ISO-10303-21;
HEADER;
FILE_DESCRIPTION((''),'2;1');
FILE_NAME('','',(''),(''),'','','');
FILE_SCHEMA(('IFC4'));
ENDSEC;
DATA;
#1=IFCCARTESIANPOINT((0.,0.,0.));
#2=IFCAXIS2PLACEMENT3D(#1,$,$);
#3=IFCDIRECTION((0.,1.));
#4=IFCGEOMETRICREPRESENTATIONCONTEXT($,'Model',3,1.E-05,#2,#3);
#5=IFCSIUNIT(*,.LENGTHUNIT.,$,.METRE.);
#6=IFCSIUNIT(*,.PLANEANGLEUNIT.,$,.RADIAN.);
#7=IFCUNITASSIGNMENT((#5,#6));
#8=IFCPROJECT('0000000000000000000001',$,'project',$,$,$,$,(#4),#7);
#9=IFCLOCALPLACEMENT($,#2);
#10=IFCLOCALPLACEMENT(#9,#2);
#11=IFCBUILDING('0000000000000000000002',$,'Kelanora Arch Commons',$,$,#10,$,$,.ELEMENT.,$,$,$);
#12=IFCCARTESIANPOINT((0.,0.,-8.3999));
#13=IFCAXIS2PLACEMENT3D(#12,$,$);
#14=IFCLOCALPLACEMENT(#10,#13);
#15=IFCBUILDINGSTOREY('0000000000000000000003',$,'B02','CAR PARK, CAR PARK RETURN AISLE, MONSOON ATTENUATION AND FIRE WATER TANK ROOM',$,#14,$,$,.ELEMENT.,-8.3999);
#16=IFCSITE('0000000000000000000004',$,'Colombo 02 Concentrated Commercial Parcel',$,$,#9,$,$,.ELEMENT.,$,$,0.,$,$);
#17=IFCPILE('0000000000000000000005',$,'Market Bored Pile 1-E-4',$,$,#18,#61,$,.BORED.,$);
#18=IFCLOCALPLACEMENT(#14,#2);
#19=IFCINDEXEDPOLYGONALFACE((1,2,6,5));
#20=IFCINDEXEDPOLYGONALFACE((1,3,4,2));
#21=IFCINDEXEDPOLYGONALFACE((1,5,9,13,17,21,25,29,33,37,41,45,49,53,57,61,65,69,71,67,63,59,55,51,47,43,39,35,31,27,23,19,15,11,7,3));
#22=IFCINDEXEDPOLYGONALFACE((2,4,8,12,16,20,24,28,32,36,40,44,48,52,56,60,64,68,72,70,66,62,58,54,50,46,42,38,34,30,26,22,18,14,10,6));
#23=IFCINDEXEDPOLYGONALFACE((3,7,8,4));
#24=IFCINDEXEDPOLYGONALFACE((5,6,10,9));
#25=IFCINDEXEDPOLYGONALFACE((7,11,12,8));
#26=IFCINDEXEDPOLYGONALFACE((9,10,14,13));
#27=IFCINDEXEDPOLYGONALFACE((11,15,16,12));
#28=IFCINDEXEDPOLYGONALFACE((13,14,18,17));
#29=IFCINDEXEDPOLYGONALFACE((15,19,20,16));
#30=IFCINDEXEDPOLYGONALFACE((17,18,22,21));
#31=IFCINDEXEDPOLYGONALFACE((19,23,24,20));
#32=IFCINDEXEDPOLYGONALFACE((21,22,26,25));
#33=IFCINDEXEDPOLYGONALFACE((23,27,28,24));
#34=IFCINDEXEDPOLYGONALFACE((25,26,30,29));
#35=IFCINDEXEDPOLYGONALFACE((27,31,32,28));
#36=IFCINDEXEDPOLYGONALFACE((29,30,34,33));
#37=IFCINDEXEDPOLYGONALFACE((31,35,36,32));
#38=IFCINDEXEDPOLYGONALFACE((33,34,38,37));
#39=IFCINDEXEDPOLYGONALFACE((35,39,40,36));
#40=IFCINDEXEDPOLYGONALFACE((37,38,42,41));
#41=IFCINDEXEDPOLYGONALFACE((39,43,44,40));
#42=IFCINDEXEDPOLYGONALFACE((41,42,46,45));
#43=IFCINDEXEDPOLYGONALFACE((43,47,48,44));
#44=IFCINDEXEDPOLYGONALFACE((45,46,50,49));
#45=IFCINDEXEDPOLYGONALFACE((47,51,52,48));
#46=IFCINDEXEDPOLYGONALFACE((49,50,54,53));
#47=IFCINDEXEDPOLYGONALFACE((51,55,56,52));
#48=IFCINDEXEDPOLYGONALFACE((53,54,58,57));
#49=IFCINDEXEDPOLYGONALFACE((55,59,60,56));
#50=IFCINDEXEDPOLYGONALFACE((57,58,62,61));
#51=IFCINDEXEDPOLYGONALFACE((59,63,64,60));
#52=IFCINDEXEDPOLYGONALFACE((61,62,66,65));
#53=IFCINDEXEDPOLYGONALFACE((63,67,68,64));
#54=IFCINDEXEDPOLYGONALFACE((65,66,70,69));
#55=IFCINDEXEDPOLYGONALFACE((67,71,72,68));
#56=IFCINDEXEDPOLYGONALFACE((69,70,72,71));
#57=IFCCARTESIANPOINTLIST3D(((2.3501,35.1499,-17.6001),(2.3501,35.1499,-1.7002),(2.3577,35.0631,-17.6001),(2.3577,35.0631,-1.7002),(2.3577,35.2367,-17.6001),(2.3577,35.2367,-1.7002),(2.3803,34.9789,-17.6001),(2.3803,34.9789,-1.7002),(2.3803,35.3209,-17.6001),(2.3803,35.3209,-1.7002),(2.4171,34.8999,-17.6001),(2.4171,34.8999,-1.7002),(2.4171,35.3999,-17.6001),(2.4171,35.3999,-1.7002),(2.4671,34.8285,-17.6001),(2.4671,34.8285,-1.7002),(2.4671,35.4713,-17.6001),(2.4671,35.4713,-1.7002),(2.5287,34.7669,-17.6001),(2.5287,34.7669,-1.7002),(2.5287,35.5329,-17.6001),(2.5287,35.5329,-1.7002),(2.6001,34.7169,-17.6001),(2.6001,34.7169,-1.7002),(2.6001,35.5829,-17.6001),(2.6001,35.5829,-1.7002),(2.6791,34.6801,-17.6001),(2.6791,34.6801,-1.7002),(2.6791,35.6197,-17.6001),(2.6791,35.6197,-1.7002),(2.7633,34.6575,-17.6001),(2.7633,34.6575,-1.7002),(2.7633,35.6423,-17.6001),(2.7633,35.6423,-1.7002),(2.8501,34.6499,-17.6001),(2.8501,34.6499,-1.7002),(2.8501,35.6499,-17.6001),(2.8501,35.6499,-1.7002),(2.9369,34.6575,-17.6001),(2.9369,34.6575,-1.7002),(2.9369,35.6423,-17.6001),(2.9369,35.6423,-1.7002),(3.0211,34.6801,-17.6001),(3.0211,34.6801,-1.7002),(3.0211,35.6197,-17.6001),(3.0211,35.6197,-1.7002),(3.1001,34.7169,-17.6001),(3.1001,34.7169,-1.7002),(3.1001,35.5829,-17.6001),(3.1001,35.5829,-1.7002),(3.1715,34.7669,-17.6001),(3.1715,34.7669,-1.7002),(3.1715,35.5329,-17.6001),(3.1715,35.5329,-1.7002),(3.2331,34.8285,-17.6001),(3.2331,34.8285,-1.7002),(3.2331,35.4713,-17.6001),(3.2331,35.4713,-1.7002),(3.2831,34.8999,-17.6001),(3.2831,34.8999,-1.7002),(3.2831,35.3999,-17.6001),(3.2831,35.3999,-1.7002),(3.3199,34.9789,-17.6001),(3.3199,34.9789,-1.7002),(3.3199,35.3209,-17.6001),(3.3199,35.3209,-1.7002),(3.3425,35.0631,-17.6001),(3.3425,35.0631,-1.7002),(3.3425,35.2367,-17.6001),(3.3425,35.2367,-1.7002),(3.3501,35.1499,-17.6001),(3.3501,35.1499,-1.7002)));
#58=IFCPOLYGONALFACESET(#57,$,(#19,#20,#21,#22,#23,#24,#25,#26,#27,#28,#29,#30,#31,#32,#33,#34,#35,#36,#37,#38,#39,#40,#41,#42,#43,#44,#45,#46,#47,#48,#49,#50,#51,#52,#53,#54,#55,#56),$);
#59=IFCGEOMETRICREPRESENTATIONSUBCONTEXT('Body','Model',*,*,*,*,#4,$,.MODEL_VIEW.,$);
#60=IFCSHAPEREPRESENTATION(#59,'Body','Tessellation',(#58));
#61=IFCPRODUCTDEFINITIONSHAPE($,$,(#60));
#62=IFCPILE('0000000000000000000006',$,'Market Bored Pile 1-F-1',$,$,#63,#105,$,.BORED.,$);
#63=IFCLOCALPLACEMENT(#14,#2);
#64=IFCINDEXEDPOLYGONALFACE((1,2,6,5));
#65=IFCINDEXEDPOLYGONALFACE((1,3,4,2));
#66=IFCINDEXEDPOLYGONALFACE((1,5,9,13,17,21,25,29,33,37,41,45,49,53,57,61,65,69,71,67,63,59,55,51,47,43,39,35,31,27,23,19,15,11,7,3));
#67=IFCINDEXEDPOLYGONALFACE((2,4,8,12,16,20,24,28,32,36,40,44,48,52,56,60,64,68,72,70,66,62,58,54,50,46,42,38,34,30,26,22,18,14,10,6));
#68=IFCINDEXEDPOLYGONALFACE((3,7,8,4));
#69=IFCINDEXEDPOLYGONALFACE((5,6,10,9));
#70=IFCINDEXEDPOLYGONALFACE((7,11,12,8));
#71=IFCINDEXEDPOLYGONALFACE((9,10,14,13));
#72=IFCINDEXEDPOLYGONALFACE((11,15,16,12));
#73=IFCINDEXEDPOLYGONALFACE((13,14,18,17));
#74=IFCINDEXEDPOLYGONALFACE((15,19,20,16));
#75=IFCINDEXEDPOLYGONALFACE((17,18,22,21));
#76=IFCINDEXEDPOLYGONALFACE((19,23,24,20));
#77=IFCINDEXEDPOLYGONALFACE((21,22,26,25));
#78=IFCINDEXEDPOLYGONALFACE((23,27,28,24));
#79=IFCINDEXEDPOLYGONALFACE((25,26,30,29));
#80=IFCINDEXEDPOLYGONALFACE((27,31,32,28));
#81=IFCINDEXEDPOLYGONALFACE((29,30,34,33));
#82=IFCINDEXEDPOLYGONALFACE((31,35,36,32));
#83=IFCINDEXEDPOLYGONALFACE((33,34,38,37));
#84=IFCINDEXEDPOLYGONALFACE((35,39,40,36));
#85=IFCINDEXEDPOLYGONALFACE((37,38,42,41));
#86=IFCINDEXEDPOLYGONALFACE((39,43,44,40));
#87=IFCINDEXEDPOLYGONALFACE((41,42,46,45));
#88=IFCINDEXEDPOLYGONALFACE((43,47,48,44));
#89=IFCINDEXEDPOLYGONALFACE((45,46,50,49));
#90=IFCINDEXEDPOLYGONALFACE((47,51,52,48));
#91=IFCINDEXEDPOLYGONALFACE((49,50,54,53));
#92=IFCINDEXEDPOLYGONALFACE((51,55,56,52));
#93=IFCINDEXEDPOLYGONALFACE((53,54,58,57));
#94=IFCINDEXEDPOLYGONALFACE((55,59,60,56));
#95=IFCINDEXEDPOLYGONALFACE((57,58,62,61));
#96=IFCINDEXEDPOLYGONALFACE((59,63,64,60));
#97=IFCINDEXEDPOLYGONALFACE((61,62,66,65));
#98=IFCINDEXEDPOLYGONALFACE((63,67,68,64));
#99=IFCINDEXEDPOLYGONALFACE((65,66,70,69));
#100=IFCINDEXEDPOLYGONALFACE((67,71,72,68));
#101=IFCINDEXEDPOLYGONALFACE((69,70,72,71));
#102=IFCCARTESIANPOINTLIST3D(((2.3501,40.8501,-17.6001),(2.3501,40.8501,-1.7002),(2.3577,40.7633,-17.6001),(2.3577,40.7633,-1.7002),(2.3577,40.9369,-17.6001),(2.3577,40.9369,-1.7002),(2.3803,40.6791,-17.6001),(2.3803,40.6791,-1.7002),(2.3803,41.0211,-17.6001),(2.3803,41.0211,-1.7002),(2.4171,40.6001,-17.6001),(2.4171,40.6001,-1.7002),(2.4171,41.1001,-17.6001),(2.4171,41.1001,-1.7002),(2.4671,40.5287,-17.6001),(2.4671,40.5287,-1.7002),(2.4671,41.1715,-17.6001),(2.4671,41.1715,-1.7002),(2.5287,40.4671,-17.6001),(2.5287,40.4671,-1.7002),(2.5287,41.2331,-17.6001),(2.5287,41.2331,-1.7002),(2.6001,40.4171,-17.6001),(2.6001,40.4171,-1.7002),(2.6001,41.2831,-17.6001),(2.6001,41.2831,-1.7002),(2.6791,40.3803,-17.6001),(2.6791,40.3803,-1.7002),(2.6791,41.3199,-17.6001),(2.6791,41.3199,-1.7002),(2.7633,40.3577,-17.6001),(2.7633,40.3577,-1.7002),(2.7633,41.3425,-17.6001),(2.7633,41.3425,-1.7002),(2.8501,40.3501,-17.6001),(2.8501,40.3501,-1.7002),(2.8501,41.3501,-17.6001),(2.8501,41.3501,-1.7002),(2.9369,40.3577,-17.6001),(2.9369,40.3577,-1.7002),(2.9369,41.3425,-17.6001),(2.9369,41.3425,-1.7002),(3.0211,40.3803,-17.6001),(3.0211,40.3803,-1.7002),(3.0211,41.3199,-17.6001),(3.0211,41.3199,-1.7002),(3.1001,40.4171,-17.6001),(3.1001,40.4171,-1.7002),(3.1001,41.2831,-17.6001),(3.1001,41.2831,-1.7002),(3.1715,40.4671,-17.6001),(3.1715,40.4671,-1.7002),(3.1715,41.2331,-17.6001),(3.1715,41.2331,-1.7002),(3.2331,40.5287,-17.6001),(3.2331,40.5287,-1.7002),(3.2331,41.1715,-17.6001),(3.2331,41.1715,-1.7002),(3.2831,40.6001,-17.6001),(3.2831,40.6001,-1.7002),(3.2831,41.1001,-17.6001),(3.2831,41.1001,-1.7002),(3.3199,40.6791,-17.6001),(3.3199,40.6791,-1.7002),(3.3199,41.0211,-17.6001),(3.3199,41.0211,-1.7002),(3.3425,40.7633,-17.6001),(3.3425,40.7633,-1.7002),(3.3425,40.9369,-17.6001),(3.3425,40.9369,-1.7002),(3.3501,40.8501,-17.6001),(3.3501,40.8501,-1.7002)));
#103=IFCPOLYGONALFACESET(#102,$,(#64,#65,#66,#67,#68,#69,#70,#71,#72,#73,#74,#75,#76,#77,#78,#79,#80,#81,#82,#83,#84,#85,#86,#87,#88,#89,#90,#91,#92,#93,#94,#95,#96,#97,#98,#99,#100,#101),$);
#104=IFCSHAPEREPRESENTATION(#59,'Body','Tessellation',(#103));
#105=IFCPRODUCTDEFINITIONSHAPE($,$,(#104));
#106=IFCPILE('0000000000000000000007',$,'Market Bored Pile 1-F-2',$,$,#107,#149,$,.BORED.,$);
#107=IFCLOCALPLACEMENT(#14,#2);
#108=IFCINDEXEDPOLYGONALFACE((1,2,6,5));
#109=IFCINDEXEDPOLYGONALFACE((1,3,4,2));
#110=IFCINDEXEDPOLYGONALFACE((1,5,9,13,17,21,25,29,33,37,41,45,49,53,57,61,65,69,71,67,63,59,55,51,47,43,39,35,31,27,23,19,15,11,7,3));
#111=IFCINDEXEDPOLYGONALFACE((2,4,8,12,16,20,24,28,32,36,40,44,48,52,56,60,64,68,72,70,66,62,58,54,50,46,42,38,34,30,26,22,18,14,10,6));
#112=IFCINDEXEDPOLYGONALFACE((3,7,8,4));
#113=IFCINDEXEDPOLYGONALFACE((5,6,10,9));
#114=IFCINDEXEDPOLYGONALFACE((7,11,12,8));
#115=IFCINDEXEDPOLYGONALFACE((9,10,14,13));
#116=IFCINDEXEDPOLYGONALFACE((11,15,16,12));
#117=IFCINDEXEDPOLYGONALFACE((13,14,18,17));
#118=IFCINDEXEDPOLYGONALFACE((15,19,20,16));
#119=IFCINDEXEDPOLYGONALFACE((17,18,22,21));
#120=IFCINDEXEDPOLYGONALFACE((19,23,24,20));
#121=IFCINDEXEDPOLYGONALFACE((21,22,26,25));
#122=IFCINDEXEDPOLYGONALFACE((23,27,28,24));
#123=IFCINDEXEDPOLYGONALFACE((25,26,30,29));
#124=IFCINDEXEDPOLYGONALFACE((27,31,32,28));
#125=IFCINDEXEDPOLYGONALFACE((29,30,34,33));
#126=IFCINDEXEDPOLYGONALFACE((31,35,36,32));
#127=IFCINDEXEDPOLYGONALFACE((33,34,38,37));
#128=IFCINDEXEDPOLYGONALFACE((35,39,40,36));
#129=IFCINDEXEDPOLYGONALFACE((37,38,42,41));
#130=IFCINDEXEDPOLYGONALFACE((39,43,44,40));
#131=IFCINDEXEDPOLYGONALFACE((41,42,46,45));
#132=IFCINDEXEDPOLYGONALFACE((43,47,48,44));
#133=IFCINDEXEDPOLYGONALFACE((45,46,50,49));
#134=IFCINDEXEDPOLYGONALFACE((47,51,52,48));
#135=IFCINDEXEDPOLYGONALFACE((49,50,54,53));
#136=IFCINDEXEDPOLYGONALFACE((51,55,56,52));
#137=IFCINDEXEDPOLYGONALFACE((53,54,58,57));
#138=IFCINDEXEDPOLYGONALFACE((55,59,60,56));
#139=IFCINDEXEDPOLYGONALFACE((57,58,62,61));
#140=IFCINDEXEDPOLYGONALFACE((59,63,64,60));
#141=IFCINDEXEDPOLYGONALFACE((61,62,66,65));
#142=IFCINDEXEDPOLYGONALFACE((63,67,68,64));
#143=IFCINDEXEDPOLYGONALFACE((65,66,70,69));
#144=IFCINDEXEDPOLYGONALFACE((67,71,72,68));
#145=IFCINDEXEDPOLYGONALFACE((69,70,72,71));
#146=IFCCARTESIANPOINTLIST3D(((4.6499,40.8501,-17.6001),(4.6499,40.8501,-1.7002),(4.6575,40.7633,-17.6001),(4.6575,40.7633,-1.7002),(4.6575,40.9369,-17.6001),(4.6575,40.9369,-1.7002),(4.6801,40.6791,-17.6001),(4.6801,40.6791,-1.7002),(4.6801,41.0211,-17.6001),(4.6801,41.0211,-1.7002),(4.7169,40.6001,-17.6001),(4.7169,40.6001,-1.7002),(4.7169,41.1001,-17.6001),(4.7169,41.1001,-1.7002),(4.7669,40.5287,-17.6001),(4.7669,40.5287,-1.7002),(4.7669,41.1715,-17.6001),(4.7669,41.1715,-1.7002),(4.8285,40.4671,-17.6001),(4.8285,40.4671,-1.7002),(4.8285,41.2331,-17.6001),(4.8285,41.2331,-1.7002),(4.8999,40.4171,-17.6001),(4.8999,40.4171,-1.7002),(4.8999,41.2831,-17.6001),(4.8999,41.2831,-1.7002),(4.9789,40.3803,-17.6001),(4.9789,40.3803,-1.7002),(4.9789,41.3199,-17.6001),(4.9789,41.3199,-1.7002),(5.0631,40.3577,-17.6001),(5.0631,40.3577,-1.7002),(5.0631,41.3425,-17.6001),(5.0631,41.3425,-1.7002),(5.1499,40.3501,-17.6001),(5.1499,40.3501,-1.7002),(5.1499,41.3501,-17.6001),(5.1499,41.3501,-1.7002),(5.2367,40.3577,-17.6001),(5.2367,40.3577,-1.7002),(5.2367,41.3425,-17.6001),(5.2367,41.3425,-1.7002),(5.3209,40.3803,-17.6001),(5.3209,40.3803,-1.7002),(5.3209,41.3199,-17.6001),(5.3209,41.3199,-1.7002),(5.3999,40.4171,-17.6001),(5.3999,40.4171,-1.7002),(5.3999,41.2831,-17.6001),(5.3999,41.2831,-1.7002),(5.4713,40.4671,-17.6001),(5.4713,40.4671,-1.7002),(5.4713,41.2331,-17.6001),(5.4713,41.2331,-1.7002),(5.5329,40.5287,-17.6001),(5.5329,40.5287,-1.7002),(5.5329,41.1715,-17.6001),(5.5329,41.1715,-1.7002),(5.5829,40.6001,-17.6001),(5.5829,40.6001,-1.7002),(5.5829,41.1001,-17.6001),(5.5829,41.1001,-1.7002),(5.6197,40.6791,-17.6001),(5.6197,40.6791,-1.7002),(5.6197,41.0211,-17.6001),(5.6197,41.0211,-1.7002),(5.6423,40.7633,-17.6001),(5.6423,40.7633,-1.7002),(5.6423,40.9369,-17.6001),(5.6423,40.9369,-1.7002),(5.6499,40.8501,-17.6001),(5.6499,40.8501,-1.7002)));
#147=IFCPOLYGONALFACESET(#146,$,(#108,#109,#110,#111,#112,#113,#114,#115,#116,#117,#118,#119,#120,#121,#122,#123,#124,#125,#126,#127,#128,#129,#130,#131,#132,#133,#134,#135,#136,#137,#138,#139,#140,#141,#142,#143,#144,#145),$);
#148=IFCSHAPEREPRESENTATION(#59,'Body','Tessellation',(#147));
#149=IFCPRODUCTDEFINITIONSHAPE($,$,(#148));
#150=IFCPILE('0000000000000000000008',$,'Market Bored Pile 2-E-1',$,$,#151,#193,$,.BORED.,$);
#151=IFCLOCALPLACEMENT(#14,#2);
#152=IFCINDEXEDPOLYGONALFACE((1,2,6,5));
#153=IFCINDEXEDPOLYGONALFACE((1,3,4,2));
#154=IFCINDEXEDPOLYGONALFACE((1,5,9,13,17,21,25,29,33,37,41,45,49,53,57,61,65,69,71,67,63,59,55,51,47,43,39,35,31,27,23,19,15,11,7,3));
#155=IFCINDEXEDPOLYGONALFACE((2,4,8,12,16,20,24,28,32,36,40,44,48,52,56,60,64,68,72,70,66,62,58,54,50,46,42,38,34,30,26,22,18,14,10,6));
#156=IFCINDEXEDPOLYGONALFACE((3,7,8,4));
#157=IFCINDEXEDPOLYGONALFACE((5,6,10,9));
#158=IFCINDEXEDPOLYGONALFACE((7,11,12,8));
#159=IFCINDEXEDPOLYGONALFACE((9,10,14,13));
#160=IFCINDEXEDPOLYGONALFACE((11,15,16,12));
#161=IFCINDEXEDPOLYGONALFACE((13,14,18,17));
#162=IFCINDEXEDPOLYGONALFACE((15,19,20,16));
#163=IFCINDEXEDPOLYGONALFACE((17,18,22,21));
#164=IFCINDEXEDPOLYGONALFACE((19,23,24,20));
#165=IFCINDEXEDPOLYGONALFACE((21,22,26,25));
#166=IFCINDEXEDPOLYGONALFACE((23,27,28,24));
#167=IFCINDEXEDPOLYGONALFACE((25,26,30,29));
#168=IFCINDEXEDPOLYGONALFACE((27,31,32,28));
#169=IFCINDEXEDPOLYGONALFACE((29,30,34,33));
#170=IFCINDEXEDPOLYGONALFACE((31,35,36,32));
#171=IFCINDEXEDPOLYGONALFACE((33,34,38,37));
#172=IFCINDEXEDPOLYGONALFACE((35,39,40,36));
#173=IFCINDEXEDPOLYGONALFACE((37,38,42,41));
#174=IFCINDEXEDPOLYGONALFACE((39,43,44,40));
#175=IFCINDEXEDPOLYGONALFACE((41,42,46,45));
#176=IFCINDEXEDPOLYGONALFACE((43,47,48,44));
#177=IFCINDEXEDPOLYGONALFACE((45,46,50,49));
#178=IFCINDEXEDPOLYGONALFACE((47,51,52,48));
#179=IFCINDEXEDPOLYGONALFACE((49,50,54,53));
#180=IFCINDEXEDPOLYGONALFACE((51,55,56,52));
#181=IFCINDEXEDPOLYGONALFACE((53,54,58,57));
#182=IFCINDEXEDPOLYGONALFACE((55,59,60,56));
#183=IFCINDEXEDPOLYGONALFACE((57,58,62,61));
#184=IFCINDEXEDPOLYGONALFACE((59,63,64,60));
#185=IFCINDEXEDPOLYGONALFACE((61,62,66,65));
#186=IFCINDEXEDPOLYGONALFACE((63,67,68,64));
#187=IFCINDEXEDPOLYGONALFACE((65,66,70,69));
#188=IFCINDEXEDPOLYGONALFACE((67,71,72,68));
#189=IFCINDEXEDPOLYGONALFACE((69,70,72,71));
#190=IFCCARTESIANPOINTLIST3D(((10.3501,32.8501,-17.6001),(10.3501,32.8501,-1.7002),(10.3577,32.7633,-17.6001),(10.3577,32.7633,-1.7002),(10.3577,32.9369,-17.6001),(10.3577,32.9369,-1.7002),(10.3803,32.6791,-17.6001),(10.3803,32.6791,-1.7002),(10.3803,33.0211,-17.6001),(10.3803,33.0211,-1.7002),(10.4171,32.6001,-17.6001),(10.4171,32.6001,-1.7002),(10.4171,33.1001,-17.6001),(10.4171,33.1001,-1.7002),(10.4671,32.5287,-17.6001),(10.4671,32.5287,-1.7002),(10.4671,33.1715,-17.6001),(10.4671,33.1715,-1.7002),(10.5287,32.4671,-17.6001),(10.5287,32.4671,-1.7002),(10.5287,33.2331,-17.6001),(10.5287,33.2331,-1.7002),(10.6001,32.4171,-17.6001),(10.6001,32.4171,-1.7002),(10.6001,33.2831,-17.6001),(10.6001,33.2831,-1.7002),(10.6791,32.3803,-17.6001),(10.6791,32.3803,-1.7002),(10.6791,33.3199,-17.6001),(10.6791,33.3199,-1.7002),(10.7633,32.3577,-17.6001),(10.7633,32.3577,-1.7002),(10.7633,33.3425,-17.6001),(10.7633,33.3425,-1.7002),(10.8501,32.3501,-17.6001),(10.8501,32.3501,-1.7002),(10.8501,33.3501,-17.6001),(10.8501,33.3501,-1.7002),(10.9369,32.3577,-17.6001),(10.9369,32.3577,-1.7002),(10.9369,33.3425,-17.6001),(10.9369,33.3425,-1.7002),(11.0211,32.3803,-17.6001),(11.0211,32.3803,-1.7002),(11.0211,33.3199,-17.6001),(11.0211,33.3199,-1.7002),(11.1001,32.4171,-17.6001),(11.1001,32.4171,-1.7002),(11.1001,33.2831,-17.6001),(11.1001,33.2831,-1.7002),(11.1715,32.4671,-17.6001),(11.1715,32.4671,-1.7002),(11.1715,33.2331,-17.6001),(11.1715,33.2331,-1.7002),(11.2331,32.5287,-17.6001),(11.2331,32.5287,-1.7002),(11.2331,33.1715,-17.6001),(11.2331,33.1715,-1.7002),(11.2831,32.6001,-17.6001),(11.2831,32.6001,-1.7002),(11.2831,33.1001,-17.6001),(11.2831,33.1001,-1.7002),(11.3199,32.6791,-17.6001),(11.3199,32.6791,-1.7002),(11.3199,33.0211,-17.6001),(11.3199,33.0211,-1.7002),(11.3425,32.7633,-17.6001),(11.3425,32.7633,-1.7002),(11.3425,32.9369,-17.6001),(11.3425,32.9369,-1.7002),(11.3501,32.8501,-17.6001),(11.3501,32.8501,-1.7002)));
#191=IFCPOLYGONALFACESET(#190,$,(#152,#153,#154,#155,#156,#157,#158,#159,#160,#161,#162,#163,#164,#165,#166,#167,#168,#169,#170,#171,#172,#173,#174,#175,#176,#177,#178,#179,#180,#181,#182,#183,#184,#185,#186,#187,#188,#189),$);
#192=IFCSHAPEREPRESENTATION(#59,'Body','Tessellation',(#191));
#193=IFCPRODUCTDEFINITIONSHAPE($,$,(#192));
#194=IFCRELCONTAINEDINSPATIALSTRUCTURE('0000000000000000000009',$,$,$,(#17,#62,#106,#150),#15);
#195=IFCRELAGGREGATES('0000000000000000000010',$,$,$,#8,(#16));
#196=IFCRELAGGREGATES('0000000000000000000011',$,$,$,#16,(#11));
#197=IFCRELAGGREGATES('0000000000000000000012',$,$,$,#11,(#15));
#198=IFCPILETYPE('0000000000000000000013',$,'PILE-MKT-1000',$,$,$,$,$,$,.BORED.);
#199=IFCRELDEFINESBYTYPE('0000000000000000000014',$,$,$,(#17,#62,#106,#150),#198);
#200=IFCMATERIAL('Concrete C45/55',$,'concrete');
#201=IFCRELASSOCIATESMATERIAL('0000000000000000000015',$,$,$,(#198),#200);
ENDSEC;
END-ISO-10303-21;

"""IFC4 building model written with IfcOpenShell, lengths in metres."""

from ifc_helpers import new_model, si_unit, direction, frame, origin, origin_2d, place, context, subcontext, project, spatial, circle, extrude, source, transform, mapped, material, material_profile, profile_set, type_object, element, save


model = new_model("IFC4")

# Units and contexts
model_context = context("Model", 3, precision=1e-05, world=origin(), true_north=direction((0.0, 1.0)))
body_context = subcontext(model_context, "Body", "Model", "MODEL_VIEW")
ifc_project = project(units=[si_unit("LENGTHUNIT", "METRE"), si_unit("PLANEANGLEUNIT", "RADIAN")], contexts=[model_context])

# Site, building, storey
site_placement = place(None, origin())
site = spatial("IfcSite", under=ifc_project, at=site_placement, Name="Colombo 02 Concentrated Commercial Parcel", CompositionType="ELEMENT", RefElevation=0.0)
building_placement = place(site_placement, origin())
building = spatial("IfcBuilding", under=site, at=building_placement, Name="Kelanora Arch Commons", CompositionType="ELEMENT")
storey_placement = place(building_placement, frame((0.0, 0.0, -8.3999)))
storey = spatial("IfcBuildingStorey", under=building, at=storey_placement, Name="B02", Description="CAR PARK, CAR PARK RETURN AISLE, MONSOON ATTENUATION AND FIRE WATER TANK ROOM", CompositionType="ELEMENT", Elevation=-8.3999)

# Piles
ifc_material_1 = material(Name="Concrete C45/55", Category="concrete")
ifc_material_profile_1 = material_profile(ifc_material_1, circle(Radius=0.5, at=origin_2d()), Name="PILE1000")
ifc_profile_set_1 = profile_set([ifc_material_profile_1], Name="Concrete C45/55")
pile_type = type_object("IfcPileType", Name="PILE-MKT-1000", PredefinedType="BORED", material=ifc_profile_set_1)
shared_shape_1 = source(origin(), body_context, "Body", "SweptSolid", [
    extrude(circle(Radius=0.5, at=origin_2d()), origin(), (0.0, 0.0, 1.0), 15.8999),
])
for number, where, z_axis, x_axis, name in (
    (1, (2.8501, 35.1499, -1.7002), (0.0, 0.0, -1.0), (1.0, 0.0, 0.0), "Market Bored Pile 1-E-4"),
    (2, (2.8501, 40.8501, -1.7002), (0.0, 0.0, -1.0), (1.0, 0.0, 0.0), "Market Bored Pile 1-F-1"),
    (3, (5.1499, 40.8501, -1.7002), (0.0, 0.0, -1.0), (1.0, 0.0, 0.0), "Market Bored Pile 1-F-2"),
    (4, (10.8501, 32.8501, -1.7002), (0.0, 0.0, -1.0), (1.0, 0.0, 0.0), "Market Bored Pile 2-E-1"),
):
    element("IfcPile", number, at=place(storey_placement, frame(where, z_axis=z_axis, x_axis=x_axis)), inside=storey, type_object=pile_type, Name=name, PredefinedType="BORED", context=body_context, shape_type="MappedRepresentation", body=[
        mapped(shared_shape_1, transform((0.0, 0.0, 0.0), scale=1.0)),
    ])

save(model, "model.ifc")
